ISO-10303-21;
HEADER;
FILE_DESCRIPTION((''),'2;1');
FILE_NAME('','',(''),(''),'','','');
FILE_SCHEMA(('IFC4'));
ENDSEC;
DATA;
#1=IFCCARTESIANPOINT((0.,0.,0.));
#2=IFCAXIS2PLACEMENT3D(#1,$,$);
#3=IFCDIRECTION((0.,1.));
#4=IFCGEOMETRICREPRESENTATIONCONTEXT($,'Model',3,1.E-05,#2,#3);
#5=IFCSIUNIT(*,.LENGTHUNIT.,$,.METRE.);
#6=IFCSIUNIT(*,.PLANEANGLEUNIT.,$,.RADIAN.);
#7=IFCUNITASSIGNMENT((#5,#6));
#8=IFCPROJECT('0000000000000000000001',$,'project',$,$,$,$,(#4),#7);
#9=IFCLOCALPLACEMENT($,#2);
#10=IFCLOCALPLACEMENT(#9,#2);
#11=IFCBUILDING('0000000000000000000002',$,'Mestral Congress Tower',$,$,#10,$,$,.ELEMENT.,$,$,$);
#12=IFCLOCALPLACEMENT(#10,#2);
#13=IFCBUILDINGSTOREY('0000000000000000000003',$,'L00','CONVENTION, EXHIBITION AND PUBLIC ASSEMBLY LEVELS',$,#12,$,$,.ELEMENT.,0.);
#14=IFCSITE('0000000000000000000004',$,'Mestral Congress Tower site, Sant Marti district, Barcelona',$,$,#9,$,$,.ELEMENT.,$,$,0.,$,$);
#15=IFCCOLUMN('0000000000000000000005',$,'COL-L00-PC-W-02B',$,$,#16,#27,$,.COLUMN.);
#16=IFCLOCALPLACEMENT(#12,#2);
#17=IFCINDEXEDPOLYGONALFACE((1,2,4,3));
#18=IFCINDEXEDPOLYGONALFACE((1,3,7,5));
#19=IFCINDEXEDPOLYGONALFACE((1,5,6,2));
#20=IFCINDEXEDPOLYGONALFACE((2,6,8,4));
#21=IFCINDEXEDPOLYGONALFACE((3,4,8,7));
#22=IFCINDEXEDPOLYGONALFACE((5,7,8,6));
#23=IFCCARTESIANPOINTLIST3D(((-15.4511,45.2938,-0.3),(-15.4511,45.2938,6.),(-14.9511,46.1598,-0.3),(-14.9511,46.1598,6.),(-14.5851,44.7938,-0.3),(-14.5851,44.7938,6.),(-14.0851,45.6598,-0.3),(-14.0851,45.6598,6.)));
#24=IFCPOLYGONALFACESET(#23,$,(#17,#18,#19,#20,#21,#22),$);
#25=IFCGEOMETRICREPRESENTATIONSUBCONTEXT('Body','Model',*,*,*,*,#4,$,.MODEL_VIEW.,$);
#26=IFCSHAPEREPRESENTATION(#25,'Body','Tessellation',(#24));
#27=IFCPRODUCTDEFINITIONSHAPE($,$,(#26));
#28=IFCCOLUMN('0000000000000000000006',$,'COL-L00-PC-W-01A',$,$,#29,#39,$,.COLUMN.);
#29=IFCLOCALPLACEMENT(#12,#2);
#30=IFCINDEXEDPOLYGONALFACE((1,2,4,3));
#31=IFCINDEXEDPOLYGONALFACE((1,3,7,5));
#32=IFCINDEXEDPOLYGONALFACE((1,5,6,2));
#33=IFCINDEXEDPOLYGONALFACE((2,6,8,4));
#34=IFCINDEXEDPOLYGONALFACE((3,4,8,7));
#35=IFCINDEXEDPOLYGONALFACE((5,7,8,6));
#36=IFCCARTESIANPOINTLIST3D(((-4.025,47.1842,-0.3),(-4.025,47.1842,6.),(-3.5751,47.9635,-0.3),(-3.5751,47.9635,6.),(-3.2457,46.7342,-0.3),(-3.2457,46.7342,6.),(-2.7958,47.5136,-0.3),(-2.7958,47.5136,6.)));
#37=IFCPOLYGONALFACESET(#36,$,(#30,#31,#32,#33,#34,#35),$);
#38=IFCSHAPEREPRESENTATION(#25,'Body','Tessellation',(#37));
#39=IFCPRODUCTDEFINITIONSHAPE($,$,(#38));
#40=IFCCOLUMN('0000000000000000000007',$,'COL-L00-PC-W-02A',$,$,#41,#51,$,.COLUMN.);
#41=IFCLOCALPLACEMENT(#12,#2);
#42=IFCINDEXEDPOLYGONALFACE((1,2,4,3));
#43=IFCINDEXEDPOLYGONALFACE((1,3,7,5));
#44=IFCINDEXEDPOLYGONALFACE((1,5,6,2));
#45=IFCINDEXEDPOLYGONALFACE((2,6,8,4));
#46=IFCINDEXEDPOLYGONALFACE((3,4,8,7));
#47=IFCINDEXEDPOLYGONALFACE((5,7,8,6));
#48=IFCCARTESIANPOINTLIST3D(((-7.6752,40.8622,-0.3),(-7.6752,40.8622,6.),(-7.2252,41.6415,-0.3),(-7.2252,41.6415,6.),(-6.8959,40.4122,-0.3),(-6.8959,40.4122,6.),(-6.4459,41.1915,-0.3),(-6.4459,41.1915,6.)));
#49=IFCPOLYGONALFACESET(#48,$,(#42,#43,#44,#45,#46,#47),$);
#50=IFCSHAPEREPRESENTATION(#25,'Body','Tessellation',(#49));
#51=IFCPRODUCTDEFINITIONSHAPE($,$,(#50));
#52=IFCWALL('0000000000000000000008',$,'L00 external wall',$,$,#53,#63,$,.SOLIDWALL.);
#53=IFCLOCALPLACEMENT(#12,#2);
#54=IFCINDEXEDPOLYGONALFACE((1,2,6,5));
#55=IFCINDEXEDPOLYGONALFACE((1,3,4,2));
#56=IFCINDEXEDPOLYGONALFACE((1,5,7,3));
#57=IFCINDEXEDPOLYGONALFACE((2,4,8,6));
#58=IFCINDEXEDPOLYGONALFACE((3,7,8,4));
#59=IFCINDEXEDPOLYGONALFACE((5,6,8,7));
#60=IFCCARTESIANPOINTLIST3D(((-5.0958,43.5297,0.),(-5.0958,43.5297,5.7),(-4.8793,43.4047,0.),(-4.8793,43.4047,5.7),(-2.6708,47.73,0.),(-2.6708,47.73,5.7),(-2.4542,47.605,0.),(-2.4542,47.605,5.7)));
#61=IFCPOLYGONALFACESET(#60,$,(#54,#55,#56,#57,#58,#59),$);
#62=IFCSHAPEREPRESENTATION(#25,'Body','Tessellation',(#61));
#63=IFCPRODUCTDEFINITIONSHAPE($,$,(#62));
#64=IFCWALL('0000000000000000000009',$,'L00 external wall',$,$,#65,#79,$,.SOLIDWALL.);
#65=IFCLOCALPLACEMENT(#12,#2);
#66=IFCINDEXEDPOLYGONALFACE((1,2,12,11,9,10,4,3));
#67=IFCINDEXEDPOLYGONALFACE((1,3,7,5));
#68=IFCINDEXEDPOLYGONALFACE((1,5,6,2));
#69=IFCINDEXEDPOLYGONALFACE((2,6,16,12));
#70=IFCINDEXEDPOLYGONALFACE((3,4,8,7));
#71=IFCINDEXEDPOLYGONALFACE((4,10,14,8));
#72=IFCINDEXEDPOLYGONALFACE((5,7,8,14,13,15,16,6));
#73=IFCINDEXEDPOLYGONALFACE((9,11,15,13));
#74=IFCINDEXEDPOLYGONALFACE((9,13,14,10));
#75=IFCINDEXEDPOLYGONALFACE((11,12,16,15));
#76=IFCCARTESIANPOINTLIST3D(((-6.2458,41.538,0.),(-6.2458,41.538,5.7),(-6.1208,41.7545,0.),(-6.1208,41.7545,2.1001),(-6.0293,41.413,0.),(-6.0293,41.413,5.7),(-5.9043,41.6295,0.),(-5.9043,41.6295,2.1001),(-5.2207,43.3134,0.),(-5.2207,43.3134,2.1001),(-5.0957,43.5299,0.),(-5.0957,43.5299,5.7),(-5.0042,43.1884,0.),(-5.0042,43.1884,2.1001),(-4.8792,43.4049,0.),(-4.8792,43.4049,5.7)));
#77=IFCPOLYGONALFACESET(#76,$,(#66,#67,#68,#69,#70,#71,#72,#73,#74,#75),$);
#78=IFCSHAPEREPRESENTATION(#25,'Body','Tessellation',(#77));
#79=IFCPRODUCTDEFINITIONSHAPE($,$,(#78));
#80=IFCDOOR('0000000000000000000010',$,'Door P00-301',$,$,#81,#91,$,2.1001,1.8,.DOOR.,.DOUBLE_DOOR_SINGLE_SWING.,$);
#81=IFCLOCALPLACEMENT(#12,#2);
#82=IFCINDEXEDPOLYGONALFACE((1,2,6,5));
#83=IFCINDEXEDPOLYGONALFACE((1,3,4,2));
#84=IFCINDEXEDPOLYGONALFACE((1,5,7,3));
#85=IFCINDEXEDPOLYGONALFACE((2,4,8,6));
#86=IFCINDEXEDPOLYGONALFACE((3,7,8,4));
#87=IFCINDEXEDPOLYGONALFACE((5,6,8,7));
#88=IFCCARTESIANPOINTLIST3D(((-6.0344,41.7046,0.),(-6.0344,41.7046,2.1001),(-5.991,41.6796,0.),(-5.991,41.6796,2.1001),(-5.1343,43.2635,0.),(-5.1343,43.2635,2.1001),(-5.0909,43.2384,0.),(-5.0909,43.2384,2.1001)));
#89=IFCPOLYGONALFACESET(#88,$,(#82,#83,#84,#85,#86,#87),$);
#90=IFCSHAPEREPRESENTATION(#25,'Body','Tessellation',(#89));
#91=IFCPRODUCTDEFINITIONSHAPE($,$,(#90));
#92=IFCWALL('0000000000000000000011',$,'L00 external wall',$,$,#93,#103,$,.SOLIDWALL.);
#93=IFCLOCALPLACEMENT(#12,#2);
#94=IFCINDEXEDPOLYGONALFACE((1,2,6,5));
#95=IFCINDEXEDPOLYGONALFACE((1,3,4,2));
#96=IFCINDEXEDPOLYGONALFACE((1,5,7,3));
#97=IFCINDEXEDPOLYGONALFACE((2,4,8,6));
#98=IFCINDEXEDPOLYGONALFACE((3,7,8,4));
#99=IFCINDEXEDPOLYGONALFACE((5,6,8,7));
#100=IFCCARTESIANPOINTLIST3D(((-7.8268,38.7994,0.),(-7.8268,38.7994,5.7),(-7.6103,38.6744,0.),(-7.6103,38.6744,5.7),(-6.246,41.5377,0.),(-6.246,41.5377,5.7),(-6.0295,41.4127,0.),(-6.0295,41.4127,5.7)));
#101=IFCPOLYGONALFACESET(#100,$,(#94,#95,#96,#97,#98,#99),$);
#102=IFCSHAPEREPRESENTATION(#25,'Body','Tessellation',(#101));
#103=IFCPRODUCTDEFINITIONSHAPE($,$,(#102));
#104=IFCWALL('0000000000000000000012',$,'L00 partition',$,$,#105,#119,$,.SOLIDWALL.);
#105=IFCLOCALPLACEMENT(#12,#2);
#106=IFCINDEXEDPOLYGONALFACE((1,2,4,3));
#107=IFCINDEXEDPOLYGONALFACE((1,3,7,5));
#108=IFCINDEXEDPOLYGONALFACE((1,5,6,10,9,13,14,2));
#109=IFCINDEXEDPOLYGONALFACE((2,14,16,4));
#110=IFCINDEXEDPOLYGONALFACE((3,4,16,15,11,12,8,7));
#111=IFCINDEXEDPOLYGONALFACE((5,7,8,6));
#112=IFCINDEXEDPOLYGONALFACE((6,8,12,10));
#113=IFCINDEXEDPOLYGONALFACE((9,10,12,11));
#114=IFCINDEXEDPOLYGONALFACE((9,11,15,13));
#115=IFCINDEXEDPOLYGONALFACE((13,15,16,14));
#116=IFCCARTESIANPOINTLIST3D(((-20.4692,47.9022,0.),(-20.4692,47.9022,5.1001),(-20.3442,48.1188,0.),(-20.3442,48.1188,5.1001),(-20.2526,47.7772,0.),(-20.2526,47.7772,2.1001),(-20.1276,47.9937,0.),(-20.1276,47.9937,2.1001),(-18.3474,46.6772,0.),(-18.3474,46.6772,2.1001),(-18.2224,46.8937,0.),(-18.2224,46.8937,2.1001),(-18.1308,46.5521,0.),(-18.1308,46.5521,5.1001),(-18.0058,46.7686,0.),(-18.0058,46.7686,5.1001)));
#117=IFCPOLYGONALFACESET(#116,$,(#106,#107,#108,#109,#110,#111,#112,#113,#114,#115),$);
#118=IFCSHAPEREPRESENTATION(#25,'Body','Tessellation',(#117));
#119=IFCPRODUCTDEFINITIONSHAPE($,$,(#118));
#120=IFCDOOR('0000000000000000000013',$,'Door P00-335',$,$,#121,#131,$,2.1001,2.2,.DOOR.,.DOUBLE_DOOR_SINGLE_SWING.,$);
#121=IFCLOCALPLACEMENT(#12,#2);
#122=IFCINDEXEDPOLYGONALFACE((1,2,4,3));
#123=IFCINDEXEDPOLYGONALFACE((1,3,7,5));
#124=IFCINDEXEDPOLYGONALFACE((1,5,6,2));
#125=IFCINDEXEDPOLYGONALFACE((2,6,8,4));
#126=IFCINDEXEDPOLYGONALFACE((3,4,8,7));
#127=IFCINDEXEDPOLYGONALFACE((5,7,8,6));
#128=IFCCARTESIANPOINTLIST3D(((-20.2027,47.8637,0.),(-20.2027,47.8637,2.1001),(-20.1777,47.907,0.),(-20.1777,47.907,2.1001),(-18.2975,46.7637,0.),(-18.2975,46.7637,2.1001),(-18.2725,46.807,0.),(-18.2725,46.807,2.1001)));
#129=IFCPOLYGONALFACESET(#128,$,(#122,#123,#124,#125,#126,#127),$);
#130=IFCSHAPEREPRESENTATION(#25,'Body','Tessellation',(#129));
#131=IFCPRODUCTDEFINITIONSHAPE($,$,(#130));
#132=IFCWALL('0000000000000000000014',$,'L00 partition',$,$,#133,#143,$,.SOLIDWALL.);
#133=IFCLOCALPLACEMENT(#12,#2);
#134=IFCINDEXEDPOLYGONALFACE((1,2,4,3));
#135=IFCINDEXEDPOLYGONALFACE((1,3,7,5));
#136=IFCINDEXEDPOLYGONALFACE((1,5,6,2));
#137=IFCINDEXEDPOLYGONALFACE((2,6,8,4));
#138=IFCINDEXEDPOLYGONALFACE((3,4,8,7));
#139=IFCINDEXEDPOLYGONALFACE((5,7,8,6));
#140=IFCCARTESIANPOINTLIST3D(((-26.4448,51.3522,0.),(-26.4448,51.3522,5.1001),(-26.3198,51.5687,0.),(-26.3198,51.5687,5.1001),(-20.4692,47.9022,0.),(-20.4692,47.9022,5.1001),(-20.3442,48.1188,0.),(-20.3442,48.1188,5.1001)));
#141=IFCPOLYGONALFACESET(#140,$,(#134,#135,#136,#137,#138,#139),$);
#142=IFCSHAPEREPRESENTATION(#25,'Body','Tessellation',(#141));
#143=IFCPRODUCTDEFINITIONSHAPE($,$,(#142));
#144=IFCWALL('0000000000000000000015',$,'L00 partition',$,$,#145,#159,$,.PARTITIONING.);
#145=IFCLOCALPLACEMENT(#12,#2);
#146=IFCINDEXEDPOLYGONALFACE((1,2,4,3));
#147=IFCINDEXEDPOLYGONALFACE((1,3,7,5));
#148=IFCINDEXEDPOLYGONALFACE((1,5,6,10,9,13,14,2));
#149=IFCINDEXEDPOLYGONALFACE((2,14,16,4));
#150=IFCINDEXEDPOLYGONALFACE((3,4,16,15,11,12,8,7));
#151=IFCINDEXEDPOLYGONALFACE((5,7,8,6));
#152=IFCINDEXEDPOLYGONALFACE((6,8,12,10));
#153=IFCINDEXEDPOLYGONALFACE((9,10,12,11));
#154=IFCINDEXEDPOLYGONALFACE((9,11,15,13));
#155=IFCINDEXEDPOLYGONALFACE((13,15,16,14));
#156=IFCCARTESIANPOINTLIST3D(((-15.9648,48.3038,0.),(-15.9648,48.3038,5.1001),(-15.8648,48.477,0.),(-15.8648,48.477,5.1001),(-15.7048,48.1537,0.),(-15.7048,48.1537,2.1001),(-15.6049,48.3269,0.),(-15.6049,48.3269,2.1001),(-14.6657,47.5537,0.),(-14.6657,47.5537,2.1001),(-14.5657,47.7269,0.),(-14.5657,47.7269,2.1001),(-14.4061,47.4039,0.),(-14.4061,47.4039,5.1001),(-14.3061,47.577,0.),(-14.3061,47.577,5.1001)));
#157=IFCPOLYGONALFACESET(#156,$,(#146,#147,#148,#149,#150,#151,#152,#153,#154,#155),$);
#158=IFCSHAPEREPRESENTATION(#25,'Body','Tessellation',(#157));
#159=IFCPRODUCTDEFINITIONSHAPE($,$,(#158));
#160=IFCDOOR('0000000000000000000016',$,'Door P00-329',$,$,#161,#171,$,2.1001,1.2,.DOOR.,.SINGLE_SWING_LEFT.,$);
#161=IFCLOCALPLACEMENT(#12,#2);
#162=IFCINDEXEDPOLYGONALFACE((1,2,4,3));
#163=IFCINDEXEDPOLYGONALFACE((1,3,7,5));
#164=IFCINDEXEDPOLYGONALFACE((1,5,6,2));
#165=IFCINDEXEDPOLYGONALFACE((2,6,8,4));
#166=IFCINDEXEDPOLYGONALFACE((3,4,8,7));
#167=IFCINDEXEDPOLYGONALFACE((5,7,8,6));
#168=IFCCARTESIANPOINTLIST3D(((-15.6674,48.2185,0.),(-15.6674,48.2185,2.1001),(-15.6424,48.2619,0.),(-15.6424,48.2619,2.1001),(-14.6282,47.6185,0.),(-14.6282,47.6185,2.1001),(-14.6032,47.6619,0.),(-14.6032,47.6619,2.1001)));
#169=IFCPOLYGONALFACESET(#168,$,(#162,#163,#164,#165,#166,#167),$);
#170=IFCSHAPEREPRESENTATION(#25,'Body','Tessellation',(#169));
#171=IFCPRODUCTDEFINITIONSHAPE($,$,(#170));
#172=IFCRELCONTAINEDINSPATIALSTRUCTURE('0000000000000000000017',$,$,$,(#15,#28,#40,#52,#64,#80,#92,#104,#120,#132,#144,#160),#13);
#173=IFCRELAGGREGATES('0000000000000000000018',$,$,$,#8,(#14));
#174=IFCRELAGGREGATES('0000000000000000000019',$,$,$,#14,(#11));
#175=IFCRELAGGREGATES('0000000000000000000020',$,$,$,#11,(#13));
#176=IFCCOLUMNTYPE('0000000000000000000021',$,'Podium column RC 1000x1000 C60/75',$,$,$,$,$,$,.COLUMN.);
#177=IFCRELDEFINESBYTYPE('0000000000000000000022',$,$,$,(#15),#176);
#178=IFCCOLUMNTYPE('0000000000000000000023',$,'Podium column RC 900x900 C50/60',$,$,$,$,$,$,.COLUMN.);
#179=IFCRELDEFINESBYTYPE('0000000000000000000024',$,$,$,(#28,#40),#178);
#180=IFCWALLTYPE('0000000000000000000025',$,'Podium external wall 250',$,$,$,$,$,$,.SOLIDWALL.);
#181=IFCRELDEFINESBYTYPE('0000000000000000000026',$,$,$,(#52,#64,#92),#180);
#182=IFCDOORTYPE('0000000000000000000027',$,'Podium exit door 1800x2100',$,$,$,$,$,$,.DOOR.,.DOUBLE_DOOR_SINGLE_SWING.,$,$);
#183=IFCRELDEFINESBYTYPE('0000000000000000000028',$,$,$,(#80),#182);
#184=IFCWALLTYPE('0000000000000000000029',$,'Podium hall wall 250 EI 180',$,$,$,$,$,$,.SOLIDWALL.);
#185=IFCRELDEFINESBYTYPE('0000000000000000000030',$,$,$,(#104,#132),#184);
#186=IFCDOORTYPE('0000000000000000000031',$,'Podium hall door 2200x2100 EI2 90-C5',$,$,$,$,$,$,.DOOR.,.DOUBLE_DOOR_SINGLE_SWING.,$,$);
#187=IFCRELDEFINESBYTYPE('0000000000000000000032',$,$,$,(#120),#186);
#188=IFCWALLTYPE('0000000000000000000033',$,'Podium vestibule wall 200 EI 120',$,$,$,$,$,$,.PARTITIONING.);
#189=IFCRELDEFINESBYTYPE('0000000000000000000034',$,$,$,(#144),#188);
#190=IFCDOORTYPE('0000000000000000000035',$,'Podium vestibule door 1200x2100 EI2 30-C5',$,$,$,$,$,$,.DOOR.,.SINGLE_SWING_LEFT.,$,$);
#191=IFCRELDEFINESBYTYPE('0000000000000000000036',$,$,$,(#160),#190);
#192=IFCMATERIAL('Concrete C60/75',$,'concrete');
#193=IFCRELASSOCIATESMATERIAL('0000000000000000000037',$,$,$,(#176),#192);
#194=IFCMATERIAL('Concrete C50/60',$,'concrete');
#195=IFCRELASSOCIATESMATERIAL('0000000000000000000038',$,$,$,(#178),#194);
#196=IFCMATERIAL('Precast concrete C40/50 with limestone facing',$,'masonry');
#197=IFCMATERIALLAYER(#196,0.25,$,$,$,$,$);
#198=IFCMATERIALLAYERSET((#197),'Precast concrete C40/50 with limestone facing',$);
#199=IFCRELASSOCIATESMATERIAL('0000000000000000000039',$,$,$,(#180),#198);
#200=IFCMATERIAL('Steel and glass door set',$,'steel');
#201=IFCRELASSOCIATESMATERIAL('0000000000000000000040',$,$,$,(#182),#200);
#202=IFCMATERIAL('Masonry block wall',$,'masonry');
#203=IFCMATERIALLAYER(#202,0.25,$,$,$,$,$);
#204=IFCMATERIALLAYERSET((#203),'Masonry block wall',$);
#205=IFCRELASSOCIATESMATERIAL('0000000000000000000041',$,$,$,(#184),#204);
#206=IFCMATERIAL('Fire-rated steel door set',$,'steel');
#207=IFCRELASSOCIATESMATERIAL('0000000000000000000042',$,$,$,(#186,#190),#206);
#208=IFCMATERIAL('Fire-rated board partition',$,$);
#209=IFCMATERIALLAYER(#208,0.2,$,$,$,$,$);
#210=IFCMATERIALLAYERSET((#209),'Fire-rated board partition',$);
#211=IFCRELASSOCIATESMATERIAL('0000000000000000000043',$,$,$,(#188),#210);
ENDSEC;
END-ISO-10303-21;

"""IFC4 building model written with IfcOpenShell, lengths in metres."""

from ifc_helpers import new_model, si_unit, direction, frame, frame_2d, origin, origin_2d, place, context, subcontext, project, spatial, rectangle, extrude, material, layer, layer_set, material_profile, profile_set, type_object, element, fill, save


model = new_model("IFC4")

# Units and contexts
model_context = context("Model", 3, precision=1e-05, world=origin(), true_north=direction((0.0, 1.0)))
body_context = subcontext(model_context, "Body", "Model", "MODEL_VIEW")
ifc_project = project(units=[si_unit("LENGTHUNIT", "METRE"), si_unit("PLANEANGLEUNIT", "RADIAN")], contexts=[model_context])

# Site, building, storey
site_placement = place(None, origin())
site = spatial("IfcSite", under=ifc_project, at=site_placement, Name="Mestral Congress Tower site, Sant Marti district, Barcelona", CompositionType="ELEMENT", RefElevation=0.0)
building_placement = place(site_placement, origin())
building = spatial("IfcBuilding", under=site, at=building_placement, Name="Mestral Congress Tower", CompositionType="ELEMENT")
storey_placement = place(building_placement, origin())
storey = spatial("IfcBuildingStorey", under=building, at=storey_placement, Name="L00", Description="CONVENTION, EXHIBITION AND PUBLIC ASSEMBLY LEVELS", CompositionType="ELEMENT", Elevation=0.0)

# Columns
ifc_material_1 = material(Name="Concrete C60/75", Category="concrete")
ifc_material_profile_1 = material_profile(ifc_material_1, rectangle(XDim=1.0, YDim=1.0, at=origin_2d()), Name="RC 1000x1000")
ifc_profile_set_1 = profile_set([ifc_material_profile_1], Name="Concrete C60/75")
column_type_1 = type_object("IfcColumnType", Name="Podium column RC 1000x1000 C60/75", PredefinedType="COLUMN", material=ifc_profile_set_1)
column_placement = place(storey_placement, frame((-14.7681, 45.4768, -0.3), z_axis=(0.0, 0.0, 1.0), x_axis=(-0.5, -0.866025, 0.0)))
element("IfcColumn", 1, at=column_placement, inside=storey, type_object=column_type_1, Name="COL-L00-PC-W-02B", PredefinedType="COLUMN", context=body_context, shape_type="SweptSolid", body=[
    extrude(rectangle(XDim=1.0, YDim=1.0, at=origin_2d()), origin(), (0.0, 0.0, 1.0), 6.3),
])
ifc_material_2 = material(Name="Concrete C50/60", Category="concrete")
ifc_material_profile_2 = material_profile(ifc_material_2, rectangle(XDim=0.8999, YDim=0.8999, at=origin_2d()), Name="RC 900x900")
ifc_profile_set_2 = profile_set([ifc_material_profile_2], Name="Concrete C50/60")
column_type_2 = type_object("IfcColumnType", Name="Podium column RC 900x900 C50/60", PredefinedType="COLUMN", material=ifc_profile_set_2)
for number, where, z_axis, x_axis, name in (
    (2, (-3.4104, 47.3489, -0.3), (0.0, 0.0, 1.0), (-0.5, -0.866025, 0.0), "COL-L00-PC-W-01A"),
    (3, (-7.0605, 41.0269, -0.3), (0.0, 0.0, 1.0), (-0.5, -0.866025, 0.0), "COL-L00-PC-W-02A"),
):
    element("IfcColumn", number, at=place(storey_placement, frame(where, z_axis=z_axis, x_axis=x_axis)), inside=storey, type_object=column_type_2, Name=name, PredefinedType="COLUMN", context=body_context, shape_type="SweptSolid", body=[
        extrude(rectangle(XDim=0.8999, YDim=0.8999, at=origin_2d()), origin(), (0.0, 0.0, 1.0), 6.3),
    ])

# Wall
ifc_material_3 = material(Name="Precast concrete C40/50 with limestone facing", Category="masonry")
ifc_layer_1 = layer(ifc_material_3, 0.25)
ifc_layer_set_1 = layer_set([ifc_layer_1], Name="Precast concrete C40/50 with limestone facing")
wall_type_1 = type_object("IfcWallType", Name="Podium external wall 250", PredefinedType="SOLIDWALL", material=ifc_layer_set_1)
wall_1_placement = place(storey_placement, frame((-2.5625, 47.6675, 0.0), z_axis=(0.0, 0.0, 1.0), x_axis=(-0.50001, -0.86602, 0.0)))
element("IfcWall", 4, at=wall_1_placement, inside=storey, type_object=wall_type_1, Name="L00 external wall", PredefinedType="SOLIDWALL", context=body_context, shape_type="SweptSolid", body=[
    extrude(rectangle(XDim=4.8501, YDim=0.25, at=frame_2d((2.425, 0.0))), origin(), (0.0, 0.0, 1.0), 5.7),
])

# Wall, opening, door
wall_2_placement = place(storey_placement, frame((-4.9875, 43.4673, 0.0), z_axis=(0.0, 0.0, 1.0), x_axis=(-0.500032, -0.866007, 0.0)))
wall_2 = element("IfcWall", 5, at=wall_2_placement, inside=storey, type_object=wall_type_1, Name="L00 external wall", PredefinedType="SOLIDWALL", context=body_context, shape_type="SweptSolid", body=[
    extrude(rectangle(XDim=2.3, YDim=0.25, at=frame_2d((1.1499, 0.0))), origin(), (0.0, 0.0, 1.0), 5.7),
])
opening_1_placement = place(wall_2_placement, frame((0.25, 0.0, 0.0)))
opening_1 = element("IfcOpeningElement", 6, at=opening_1_placement, cuts=wall_2, PredefinedType="OPENING", context=body_context, shape_type="SweptSolid", body=[
    extrude(rectangle(XDim=1.8, YDim=2.1001, at=frame_2d((0.8999, 1.05))), frame((0.0, 0.135, 0.0), z_axis=(0.0, -1.0, 0.0), x_axis=(1.0, 0.0, 0.0)), (0.0, 0.0, 1.0), 0.27),
])
ifc_material_4 = material(Name="Steel and glass door set", Category="steel")
door_type_1 = type_object("IfcDoorType", Name="Podium exit door 1800x2100", OperationType="DOUBLE_DOOR_SINGLE_SWING", PredefinedType="DOOR", material=ifc_material_4)
door_1_placement = place(opening_1_placement, origin())
door_1 = element("IfcDoor", 7, at=door_1_placement, inside=storey, type_object=door_type_1, Name="Door P00-301", OperationType="DOUBLE_DOOR_SINGLE_SWING", OverallHeight=2.1001, OverallWidth=1.8, PredefinedType="DOOR", context=body_context, shape_type="SweptSolid", body=[
    extrude(rectangle(XDim=1.8, YDim=2.1001, at=frame_2d((0.8999, 1.05))), frame((0.0, 0.0249, 0.0), z_axis=(0.0, -1.0, 0.0), x_axis=(1.0, 0.0, 0.0)), (0.0, 0.0, 1.0), 0.05),
])
fill(opening_1, door_1)

# Wall
wall_3_placement = place(storey_placement, frame((-6.1377, 41.4753, 0.0), z_axis=(0.0, 0.0, 1.0), x_axis=(-0.499968, -0.866044, 0.0)))
element("IfcWall", 8, at=wall_3_placement, inside=storey, type_object=wall_type_1, Name="L00 external wall", PredefinedType="SOLIDWALL", context=body_context, shape_type="SweptSolid", body=[
    extrude(rectangle(XDim=3.1619, YDim=0.25, at=frame_2d((1.5811, 0.0))), origin(), (0.0, 0.0, 1.0), 5.7),
])

# Wall, opening, door
ifc_material_5 = material(Name="Masonry block wall", Category="masonry")
ifc_layer_2 = layer(ifc_material_5, 0.25)
ifc_layer_set_2 = layer_set([ifc_layer_2], Name="Masonry block wall")
wall_type_2 = type_object("IfcWallType", Name="Podium hall wall 250 EI 180", PredefinedType="SOLIDWALL", material=ifc_layer_set_2)
wall_4_placement = place(storey_placement, frame((-20.4067, 48.0105, 0.0), z_axis=(0.0, 0.0, 1.0), x_axis=(0.86602, -0.500009, 0.0)))
wall_4 = element("IfcWall", 9, at=wall_4_placement, inside=storey, type_object=wall_type_2, Name="L00 partition", PredefinedType="SOLIDWALL", context=body_context, shape_type="SweptSolid", body=[
    extrude(rectangle(XDim=2.7002, YDim=0.25, at=frame_2d((1.3501, 0.0))), origin(), (0.0, 0.0, 1.0), 5.1001),
])
opening_2_placement = place(wall_4_placement, frame((0.25, 0.0, 0.0)))
opening_2 = element("IfcOpeningElement", 10, at=opening_2_placement, cuts=wall_4, PredefinedType="OPENING", context=body_context, shape_type="SweptSolid", body=[
    extrude(rectangle(XDim=2.2, YDim=2.1001, at=frame_2d((1.1001, 1.05))), frame((0.0, 0.135, 0.0), z_axis=(0.0, -1.0, 0.0), x_axis=(1.0, 0.0, 0.0)), (0.0, 0.0, 1.0), 0.27),
])
ifc_material_6 = material(Name="Fire-rated steel door set", Category="steel")
door_type_2 = type_object("IfcDoorType", Name="Podium hall door 2200x2100 EI2 90-C5", OperationType="DOUBLE_DOOR_SINGLE_SWING", PredefinedType="DOOR", material=ifc_material_6)
door_2_placement = place(opening_2_placement, origin())
door_2 = element("IfcDoor", 11, at=door_2_placement, inside=storey, type_object=door_type_2, Name="Door P00-335", OperationType="DOUBLE_DOOR_SINGLE_SWING", OverallHeight=2.1001, OverallWidth=2.2, PredefinedType="DOOR", context=body_context, shape_type="SweptSolid", body=[
    extrude(rectangle(XDim=2.2, YDim=2.1001, at=frame_2d((1.1001, 1.05))), frame((0.0, 0.0249, 0.0), z_axis=(0.0, -1.0, 0.0), x_axis=(1.0, 0.0, 0.0)), (0.0, 0.0, 1.0), 0.05),
])
fill(opening_2, door_2)

# Wall
wall_5_placement = place(storey_placement, frame((-20.4067, 48.0105, 0.0), z_axis=(0.0, 0.0, 1.0), x_axis=(-0.866029, 0.499994, 0.0)))
element("IfcWall", 12, at=wall_5_placement, inside=storey, type_object=wall_type_2, Name="L00 partition", PredefinedType="SOLIDWALL", context=body_context, shape_type="SweptSolid", body=[
    extrude(rectangle(XDim=6.8999, YDim=0.25, at=frame_2d((3.45, 0.0))), origin(), (0.0, 0.0, 1.0), 5.1001),
])

# Wall, opening, door
ifc_material_7 = material(Name="Fire-rated board partition")
ifc_layer_3 = layer(ifc_material_7, 0.2)
ifc_layer_set_3 = layer_set([ifc_layer_3], Name="Fire-rated board partition")
wall_type_3 = type_object("IfcWallType", Name="Podium vestibule wall 200 EI 120", PredefinedType="PARTITIONING", material=ifc_layer_set_3)
wall_6_placement = place(storey_placement, frame((-15.9148, 48.3904, 0.0), z_axis=(0.0, 0.0, 1.0), x_axis=(0.866014, -0.50002, 0.0)))
wall_6 = element("IfcWall", 13, at=wall_6_placement, inside=storey, type_object=wall_type_3, Name="L00 partition", PredefinedType="PARTITIONING", context=body_context, shape_type="SweptSolid", body=[
    extrude(rectangle(XDim=1.7998, YDim=0.2, at=frame_2d((0.8999, 0.0))), origin(), (0.0, 0.0, 1.0), 5.1001),
])
opening_3_placement = place(wall_6_placement, frame((0.3, 0.0, 0.0)))
opening_3 = element("IfcOpeningElement", 14, at=opening_3_placement, cuts=wall_6, PredefinedType="OPENING", context=body_context, shape_type="SweptSolid", body=[
    extrude(rectangle(XDim=1.2, YDim=2.1001, at=frame_2d((0.6001, 1.05))), frame((0.0, 0.1099, 0.0), z_axis=(0.0, -1.0, 0.0), x_axis=(1.0, 0.0, 0.0)), (0.0, 0.0, 1.0), 0.22),
])
door_type_3 = type_object("IfcDoorType", Name="Podium vestibule door 1200x2100 EI2 30-C5", OperationType="SINGLE_SWING_LEFT", PredefinedType="DOOR", material=ifc_material_6)
door_3_placement = place(opening_3_placement, origin())
door_3 = element("IfcDoor", 15, at=door_3_placement, inside=storey, type_object=door_type_3, Name="Door P00-329", OperationType="SINGLE_SWING_LEFT", OverallHeight=2.1001, OverallWidth=1.2, PredefinedType="DOOR", context=body_context, shape_type="SweptSolid", body=[
    extrude(rectangle(XDim=1.2, YDim=2.1001, at=frame_2d((0.6001, 1.05))), frame((0.0, 0.0249, 0.0), z_axis=(0.0, -1.0, 0.0), x_axis=(1.0, 0.0, 0.0)), (0.0, 0.0, 1.0), 0.05),
])
fill(opening_3, door_3)

save(model, "model.ifc")
